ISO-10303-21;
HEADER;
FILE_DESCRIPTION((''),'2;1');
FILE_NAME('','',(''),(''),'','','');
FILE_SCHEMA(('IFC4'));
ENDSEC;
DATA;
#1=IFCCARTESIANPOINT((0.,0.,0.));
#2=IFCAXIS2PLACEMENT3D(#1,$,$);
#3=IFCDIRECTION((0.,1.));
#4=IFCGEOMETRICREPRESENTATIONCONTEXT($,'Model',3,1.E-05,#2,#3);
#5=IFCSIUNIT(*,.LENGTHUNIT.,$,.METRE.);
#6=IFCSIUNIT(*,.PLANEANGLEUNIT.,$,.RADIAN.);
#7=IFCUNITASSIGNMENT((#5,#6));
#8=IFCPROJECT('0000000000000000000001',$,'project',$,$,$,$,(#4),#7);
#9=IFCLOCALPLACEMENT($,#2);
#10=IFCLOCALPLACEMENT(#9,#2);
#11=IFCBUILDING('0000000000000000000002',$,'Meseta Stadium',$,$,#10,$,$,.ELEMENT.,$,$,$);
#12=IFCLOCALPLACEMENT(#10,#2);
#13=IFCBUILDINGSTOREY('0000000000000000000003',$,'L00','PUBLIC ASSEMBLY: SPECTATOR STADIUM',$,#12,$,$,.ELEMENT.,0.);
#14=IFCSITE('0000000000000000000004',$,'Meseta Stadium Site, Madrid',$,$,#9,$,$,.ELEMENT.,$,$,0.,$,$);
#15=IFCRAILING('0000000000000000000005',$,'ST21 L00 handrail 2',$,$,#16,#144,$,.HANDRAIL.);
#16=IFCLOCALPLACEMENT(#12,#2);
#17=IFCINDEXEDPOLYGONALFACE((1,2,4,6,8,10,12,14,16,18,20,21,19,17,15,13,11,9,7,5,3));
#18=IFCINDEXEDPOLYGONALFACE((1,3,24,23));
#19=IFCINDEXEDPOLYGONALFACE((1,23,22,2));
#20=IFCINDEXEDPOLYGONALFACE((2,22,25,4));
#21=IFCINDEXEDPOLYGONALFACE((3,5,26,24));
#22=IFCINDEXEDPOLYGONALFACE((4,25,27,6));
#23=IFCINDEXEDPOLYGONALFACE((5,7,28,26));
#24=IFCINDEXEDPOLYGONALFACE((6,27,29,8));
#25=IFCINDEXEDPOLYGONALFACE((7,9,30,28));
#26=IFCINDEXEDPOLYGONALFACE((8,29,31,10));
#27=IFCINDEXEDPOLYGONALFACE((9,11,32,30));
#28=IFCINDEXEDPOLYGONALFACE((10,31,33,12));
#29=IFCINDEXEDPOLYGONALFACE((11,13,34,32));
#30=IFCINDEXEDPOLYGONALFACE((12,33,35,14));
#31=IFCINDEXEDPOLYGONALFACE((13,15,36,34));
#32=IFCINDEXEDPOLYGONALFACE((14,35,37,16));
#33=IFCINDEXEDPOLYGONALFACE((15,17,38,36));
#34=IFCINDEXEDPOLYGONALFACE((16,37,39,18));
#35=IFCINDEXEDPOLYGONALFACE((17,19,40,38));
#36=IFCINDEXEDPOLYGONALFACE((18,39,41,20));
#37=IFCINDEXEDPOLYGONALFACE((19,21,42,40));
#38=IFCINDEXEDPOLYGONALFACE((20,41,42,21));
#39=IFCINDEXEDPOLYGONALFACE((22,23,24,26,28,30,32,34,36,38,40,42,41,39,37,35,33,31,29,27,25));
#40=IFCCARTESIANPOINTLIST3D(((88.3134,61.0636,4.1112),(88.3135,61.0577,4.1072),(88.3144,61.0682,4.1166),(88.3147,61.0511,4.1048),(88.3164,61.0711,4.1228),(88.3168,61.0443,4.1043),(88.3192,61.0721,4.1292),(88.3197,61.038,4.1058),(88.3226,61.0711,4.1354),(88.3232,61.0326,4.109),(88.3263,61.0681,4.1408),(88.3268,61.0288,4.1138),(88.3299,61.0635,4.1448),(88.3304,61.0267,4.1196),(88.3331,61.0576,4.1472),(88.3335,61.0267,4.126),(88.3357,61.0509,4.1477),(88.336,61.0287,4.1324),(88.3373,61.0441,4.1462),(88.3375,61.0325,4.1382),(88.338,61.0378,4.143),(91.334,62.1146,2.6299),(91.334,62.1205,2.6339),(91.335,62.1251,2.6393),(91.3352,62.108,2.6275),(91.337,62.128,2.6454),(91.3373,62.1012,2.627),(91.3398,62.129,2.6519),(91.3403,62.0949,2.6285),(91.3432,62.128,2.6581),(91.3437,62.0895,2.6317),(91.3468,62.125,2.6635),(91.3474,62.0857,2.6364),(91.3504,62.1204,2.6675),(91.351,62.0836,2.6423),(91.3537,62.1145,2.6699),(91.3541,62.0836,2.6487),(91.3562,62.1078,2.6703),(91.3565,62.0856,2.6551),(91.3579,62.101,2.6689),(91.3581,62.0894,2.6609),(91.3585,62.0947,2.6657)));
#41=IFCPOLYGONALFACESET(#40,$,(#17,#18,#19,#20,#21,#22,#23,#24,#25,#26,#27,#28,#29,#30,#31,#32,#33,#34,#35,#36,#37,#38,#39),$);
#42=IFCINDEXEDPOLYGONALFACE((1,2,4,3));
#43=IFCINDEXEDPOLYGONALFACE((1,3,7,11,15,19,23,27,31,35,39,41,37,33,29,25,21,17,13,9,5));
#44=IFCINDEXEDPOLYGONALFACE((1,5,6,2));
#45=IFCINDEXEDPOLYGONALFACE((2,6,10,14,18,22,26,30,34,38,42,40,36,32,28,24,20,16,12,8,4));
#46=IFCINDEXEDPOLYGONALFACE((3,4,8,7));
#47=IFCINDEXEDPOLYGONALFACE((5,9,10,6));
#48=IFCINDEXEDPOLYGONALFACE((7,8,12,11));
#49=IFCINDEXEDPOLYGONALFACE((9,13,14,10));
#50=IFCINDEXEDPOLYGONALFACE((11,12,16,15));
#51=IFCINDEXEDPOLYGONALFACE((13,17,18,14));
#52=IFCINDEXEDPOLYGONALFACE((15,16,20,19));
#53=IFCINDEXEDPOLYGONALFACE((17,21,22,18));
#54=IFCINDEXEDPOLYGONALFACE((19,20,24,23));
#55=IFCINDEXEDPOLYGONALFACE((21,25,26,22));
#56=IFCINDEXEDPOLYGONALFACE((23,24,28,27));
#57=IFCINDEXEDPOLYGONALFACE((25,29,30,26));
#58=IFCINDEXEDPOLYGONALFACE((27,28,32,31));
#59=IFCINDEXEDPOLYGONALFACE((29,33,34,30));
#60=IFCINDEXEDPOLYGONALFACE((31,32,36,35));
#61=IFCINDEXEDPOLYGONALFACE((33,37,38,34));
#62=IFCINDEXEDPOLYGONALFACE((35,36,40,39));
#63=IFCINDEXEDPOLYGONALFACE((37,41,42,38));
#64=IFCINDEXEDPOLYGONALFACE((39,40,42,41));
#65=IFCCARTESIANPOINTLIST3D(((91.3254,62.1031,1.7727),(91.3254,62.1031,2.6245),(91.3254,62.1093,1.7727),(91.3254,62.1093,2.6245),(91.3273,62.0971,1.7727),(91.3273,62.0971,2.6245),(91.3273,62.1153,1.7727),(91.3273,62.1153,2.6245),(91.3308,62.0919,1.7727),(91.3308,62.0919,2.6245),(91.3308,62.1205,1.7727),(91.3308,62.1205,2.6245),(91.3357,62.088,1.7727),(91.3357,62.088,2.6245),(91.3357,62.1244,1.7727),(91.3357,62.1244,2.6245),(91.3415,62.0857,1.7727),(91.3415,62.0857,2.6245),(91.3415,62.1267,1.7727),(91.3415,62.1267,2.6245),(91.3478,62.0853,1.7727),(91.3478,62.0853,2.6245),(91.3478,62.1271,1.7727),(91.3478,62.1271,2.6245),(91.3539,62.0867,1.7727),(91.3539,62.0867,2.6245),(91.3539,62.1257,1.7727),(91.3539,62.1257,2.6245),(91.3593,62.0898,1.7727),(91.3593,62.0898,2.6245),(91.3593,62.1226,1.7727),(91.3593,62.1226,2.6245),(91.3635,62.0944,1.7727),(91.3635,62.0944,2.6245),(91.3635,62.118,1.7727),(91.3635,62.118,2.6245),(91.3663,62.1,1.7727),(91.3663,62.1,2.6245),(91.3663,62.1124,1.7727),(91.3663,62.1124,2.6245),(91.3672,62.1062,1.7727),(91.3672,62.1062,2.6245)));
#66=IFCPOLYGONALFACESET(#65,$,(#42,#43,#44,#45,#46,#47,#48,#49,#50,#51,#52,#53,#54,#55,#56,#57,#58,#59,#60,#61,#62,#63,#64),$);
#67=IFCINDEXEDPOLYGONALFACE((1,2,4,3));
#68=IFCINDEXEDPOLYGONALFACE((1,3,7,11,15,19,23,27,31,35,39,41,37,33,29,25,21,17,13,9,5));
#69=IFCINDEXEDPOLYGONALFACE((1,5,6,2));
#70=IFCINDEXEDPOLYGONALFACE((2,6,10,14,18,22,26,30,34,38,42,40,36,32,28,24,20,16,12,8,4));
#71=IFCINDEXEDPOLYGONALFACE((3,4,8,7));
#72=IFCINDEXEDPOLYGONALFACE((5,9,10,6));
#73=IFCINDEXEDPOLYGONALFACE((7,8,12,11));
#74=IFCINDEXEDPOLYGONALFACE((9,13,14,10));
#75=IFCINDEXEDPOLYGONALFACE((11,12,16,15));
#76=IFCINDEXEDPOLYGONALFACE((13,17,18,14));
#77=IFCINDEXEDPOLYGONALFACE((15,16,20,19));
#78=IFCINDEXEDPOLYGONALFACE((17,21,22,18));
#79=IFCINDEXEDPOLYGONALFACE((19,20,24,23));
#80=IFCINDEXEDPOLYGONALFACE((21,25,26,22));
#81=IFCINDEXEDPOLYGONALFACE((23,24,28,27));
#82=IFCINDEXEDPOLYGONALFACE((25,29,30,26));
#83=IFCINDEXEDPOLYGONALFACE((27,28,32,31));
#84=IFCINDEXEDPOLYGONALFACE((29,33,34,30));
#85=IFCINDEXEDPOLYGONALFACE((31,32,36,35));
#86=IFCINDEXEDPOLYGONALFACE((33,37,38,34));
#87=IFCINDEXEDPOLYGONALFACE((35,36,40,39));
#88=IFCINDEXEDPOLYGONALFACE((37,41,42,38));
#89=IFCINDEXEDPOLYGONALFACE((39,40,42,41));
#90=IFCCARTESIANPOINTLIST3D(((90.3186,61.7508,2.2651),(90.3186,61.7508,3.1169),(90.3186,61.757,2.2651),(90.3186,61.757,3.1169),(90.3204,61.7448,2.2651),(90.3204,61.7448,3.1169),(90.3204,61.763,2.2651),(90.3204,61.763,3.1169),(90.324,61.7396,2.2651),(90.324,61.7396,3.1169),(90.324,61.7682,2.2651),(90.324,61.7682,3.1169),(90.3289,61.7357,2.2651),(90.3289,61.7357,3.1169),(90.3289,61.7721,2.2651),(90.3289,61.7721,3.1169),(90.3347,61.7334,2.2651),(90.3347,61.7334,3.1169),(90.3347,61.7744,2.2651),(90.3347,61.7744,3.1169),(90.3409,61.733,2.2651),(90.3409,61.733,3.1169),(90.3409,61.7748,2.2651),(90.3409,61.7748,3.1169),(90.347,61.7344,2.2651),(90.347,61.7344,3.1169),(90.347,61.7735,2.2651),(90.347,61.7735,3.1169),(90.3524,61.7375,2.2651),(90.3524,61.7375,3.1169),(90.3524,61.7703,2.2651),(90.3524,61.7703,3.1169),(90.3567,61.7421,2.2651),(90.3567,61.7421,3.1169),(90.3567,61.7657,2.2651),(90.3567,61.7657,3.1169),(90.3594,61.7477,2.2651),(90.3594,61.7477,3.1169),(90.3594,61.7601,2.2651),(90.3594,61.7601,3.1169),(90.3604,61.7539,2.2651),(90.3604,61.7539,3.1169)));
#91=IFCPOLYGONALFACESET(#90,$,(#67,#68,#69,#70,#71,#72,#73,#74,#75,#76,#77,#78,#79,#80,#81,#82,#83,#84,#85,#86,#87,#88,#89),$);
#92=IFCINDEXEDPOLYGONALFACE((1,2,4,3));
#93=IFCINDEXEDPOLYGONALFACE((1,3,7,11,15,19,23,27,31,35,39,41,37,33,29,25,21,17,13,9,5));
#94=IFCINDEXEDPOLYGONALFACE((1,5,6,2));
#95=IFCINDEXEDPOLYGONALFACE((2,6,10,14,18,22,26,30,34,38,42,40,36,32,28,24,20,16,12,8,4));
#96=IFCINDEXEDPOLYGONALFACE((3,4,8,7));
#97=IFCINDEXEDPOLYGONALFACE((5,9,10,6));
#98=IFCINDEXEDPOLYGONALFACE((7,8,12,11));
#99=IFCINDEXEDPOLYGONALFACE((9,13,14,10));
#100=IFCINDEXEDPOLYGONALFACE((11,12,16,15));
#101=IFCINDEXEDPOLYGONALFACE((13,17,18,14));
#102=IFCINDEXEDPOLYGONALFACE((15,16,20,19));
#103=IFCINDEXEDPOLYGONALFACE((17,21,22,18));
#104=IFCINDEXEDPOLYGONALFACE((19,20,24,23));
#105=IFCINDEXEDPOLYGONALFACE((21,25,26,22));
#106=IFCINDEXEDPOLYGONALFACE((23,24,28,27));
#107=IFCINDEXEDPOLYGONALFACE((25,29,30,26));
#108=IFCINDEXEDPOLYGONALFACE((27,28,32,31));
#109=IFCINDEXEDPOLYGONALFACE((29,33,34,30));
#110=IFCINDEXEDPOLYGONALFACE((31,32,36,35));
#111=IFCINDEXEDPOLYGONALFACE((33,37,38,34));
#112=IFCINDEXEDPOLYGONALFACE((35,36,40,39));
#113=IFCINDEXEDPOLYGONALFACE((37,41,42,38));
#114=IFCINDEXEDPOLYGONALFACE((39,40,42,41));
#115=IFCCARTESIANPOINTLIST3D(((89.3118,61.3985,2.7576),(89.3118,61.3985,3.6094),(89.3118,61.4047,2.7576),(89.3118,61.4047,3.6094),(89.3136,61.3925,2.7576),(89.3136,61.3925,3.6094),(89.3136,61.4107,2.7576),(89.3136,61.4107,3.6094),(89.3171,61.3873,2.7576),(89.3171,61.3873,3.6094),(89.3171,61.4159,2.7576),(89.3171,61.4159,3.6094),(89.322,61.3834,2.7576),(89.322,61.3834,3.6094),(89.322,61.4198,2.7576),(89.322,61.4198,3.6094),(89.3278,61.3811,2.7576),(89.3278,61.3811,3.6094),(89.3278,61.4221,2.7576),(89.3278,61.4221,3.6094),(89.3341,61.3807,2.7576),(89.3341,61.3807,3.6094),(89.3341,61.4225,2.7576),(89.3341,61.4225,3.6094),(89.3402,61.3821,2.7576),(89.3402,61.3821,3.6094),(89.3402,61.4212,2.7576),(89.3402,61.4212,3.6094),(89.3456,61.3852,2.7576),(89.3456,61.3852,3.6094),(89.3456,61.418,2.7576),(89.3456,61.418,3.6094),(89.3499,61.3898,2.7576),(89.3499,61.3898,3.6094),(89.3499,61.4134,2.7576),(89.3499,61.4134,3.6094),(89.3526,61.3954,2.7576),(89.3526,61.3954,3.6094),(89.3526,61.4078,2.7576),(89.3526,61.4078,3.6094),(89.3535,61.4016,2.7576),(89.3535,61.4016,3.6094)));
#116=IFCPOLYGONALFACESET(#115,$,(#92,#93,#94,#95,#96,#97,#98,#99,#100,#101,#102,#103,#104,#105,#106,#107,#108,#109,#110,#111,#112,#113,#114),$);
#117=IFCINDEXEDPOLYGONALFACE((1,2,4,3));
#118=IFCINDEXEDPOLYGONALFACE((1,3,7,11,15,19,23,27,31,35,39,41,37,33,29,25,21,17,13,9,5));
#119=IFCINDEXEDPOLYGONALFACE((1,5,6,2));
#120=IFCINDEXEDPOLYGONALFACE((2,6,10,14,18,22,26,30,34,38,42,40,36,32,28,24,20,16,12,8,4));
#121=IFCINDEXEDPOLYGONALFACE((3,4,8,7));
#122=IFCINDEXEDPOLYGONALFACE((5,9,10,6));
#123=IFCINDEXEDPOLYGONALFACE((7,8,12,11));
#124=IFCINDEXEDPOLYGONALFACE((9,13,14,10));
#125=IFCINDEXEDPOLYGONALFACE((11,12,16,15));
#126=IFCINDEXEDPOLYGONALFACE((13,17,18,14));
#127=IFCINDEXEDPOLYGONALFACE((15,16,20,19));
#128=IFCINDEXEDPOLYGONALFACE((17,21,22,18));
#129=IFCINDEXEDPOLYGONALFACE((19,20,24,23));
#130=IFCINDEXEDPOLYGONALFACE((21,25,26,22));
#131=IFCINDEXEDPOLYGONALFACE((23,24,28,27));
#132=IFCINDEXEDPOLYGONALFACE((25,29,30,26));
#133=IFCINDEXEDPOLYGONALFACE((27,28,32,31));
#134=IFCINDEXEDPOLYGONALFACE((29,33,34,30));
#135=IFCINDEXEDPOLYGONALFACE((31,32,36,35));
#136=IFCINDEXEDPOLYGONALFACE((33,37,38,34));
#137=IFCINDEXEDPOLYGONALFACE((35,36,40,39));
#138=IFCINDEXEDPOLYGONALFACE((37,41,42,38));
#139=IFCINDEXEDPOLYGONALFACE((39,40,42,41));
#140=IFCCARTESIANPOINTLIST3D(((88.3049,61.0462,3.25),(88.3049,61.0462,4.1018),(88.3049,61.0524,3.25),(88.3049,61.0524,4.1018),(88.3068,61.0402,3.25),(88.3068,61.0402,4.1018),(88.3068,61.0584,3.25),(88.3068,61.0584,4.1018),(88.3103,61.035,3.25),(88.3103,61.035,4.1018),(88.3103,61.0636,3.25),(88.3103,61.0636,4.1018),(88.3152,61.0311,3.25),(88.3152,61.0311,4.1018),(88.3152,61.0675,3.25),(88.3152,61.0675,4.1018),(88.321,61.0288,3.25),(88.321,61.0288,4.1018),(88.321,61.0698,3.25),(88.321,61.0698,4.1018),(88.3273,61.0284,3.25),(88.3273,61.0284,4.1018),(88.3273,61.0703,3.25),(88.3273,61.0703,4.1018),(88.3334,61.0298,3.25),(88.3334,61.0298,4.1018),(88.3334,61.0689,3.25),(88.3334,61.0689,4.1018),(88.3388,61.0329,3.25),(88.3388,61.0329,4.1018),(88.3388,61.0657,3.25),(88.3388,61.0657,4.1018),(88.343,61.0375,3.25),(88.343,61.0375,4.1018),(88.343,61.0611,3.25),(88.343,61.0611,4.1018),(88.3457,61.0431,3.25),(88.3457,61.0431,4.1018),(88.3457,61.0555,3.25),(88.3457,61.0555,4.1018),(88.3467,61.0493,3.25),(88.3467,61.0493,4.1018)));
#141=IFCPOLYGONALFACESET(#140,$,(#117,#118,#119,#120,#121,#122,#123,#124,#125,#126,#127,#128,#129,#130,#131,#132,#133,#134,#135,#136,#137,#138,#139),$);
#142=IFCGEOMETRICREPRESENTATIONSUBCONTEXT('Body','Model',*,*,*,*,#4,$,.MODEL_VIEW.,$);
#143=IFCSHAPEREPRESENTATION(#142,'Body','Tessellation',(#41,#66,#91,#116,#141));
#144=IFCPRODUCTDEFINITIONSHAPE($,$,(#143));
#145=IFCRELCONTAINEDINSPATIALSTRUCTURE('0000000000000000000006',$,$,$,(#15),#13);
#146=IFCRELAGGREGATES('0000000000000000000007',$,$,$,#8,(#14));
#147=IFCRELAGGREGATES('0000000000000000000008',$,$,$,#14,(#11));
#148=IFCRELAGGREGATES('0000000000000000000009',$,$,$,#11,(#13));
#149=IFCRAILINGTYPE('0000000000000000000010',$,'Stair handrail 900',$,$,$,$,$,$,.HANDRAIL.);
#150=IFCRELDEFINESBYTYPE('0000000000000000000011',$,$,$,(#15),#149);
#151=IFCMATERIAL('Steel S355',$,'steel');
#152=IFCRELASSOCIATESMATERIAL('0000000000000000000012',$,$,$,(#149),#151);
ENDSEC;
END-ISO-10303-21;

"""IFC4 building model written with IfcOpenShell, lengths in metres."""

from ifc_helpers import new_model, si_unit, direction, frame, origin, origin_2d, place, context, subcontext, project, spatial, circle, extrude, material, type_object, element, save


model = new_model("IFC4")

# Units and contexts
model_context = context("Model", 3, precision=1e-05, world=origin(), true_north=direction((0.0, 1.0)))
body_context = subcontext(model_context, "Body", "Model", "MODEL_VIEW")
ifc_project = project(units=[si_unit("LENGTHUNIT", "METRE"), si_unit("PLANEANGLEUNIT", "RADIAN")], contexts=[model_context])

# Site, building, storey
site_placement = place(None, origin())
site = spatial("IfcSite", under=ifc_project, at=site_placement, Name="Meseta Stadium Site, Madrid", CompositionType="ELEMENT", RefElevation=0.0)
building_placement = place(site_placement, origin())
building = spatial("IfcBuilding", under=site, at=building_placement, Name="Meseta Stadium", CompositionType="ELEMENT")
storey_placement = place(building_placement, origin())
storey = spatial("IfcBuildingStorey", under=building, at=storey_placement, Name="L00", Description="PUBLIC ASSEMBLY: SPECTATOR STADIUM", CompositionType="ELEMENT", Elevation=0.0)

# Railing
ifc_material_1 = material(Name="Steel S355", Category="steel")
railing_type_1 = type_object("IfcRailingType", Name="Stair handrail 900", PredefinedType="HANDRAIL", material=ifc_material_1)
for number, where, name in (
    (1, (91.3462, 62.1062, 1.7727), "ST21 L00 handrail 2"),
):
    element("IfcRailing", number, at=place(storey_placement, frame(where)), inside=storey, type_object=railing_type_1, Name=name, PredefinedType="HANDRAIL", context=body_context, shape_type="SweptSolid", body=[
        extrude(circle(Radius=0.0239, at=origin_2d()), frame((0.0, 0.0, 0.876), z_axis=(-0.856977, -0.299859, 0.419137), x_axis=(0.330269, -0.943887, 0.0)), (0.0, 0.0, 1.0), 3.5247),
        extrude(circle(Radius=0.021, at=origin_2d()), origin(), (0.0, 0.0, 1.0), 0.8518),
        extrude(circle(Radius=0.021, at=origin_2d()), frame((-1.0068, -0.3523, 0.4924)), (0.0, 0.0, 1.0), 0.8518),
        extrude(circle(Radius=0.021, at=origin_2d()), frame((-2.0137, -0.7046, 0.9849)), (0.0, 0.0, 1.0), 0.8518),
        extrude(circle(Radius=0.021, at=origin_2d()), frame((-3.0205, -1.0569, 1.4773)), (0.0, 0.0, 1.0), 0.8518),
    ])

save(model, "model.ifc")
